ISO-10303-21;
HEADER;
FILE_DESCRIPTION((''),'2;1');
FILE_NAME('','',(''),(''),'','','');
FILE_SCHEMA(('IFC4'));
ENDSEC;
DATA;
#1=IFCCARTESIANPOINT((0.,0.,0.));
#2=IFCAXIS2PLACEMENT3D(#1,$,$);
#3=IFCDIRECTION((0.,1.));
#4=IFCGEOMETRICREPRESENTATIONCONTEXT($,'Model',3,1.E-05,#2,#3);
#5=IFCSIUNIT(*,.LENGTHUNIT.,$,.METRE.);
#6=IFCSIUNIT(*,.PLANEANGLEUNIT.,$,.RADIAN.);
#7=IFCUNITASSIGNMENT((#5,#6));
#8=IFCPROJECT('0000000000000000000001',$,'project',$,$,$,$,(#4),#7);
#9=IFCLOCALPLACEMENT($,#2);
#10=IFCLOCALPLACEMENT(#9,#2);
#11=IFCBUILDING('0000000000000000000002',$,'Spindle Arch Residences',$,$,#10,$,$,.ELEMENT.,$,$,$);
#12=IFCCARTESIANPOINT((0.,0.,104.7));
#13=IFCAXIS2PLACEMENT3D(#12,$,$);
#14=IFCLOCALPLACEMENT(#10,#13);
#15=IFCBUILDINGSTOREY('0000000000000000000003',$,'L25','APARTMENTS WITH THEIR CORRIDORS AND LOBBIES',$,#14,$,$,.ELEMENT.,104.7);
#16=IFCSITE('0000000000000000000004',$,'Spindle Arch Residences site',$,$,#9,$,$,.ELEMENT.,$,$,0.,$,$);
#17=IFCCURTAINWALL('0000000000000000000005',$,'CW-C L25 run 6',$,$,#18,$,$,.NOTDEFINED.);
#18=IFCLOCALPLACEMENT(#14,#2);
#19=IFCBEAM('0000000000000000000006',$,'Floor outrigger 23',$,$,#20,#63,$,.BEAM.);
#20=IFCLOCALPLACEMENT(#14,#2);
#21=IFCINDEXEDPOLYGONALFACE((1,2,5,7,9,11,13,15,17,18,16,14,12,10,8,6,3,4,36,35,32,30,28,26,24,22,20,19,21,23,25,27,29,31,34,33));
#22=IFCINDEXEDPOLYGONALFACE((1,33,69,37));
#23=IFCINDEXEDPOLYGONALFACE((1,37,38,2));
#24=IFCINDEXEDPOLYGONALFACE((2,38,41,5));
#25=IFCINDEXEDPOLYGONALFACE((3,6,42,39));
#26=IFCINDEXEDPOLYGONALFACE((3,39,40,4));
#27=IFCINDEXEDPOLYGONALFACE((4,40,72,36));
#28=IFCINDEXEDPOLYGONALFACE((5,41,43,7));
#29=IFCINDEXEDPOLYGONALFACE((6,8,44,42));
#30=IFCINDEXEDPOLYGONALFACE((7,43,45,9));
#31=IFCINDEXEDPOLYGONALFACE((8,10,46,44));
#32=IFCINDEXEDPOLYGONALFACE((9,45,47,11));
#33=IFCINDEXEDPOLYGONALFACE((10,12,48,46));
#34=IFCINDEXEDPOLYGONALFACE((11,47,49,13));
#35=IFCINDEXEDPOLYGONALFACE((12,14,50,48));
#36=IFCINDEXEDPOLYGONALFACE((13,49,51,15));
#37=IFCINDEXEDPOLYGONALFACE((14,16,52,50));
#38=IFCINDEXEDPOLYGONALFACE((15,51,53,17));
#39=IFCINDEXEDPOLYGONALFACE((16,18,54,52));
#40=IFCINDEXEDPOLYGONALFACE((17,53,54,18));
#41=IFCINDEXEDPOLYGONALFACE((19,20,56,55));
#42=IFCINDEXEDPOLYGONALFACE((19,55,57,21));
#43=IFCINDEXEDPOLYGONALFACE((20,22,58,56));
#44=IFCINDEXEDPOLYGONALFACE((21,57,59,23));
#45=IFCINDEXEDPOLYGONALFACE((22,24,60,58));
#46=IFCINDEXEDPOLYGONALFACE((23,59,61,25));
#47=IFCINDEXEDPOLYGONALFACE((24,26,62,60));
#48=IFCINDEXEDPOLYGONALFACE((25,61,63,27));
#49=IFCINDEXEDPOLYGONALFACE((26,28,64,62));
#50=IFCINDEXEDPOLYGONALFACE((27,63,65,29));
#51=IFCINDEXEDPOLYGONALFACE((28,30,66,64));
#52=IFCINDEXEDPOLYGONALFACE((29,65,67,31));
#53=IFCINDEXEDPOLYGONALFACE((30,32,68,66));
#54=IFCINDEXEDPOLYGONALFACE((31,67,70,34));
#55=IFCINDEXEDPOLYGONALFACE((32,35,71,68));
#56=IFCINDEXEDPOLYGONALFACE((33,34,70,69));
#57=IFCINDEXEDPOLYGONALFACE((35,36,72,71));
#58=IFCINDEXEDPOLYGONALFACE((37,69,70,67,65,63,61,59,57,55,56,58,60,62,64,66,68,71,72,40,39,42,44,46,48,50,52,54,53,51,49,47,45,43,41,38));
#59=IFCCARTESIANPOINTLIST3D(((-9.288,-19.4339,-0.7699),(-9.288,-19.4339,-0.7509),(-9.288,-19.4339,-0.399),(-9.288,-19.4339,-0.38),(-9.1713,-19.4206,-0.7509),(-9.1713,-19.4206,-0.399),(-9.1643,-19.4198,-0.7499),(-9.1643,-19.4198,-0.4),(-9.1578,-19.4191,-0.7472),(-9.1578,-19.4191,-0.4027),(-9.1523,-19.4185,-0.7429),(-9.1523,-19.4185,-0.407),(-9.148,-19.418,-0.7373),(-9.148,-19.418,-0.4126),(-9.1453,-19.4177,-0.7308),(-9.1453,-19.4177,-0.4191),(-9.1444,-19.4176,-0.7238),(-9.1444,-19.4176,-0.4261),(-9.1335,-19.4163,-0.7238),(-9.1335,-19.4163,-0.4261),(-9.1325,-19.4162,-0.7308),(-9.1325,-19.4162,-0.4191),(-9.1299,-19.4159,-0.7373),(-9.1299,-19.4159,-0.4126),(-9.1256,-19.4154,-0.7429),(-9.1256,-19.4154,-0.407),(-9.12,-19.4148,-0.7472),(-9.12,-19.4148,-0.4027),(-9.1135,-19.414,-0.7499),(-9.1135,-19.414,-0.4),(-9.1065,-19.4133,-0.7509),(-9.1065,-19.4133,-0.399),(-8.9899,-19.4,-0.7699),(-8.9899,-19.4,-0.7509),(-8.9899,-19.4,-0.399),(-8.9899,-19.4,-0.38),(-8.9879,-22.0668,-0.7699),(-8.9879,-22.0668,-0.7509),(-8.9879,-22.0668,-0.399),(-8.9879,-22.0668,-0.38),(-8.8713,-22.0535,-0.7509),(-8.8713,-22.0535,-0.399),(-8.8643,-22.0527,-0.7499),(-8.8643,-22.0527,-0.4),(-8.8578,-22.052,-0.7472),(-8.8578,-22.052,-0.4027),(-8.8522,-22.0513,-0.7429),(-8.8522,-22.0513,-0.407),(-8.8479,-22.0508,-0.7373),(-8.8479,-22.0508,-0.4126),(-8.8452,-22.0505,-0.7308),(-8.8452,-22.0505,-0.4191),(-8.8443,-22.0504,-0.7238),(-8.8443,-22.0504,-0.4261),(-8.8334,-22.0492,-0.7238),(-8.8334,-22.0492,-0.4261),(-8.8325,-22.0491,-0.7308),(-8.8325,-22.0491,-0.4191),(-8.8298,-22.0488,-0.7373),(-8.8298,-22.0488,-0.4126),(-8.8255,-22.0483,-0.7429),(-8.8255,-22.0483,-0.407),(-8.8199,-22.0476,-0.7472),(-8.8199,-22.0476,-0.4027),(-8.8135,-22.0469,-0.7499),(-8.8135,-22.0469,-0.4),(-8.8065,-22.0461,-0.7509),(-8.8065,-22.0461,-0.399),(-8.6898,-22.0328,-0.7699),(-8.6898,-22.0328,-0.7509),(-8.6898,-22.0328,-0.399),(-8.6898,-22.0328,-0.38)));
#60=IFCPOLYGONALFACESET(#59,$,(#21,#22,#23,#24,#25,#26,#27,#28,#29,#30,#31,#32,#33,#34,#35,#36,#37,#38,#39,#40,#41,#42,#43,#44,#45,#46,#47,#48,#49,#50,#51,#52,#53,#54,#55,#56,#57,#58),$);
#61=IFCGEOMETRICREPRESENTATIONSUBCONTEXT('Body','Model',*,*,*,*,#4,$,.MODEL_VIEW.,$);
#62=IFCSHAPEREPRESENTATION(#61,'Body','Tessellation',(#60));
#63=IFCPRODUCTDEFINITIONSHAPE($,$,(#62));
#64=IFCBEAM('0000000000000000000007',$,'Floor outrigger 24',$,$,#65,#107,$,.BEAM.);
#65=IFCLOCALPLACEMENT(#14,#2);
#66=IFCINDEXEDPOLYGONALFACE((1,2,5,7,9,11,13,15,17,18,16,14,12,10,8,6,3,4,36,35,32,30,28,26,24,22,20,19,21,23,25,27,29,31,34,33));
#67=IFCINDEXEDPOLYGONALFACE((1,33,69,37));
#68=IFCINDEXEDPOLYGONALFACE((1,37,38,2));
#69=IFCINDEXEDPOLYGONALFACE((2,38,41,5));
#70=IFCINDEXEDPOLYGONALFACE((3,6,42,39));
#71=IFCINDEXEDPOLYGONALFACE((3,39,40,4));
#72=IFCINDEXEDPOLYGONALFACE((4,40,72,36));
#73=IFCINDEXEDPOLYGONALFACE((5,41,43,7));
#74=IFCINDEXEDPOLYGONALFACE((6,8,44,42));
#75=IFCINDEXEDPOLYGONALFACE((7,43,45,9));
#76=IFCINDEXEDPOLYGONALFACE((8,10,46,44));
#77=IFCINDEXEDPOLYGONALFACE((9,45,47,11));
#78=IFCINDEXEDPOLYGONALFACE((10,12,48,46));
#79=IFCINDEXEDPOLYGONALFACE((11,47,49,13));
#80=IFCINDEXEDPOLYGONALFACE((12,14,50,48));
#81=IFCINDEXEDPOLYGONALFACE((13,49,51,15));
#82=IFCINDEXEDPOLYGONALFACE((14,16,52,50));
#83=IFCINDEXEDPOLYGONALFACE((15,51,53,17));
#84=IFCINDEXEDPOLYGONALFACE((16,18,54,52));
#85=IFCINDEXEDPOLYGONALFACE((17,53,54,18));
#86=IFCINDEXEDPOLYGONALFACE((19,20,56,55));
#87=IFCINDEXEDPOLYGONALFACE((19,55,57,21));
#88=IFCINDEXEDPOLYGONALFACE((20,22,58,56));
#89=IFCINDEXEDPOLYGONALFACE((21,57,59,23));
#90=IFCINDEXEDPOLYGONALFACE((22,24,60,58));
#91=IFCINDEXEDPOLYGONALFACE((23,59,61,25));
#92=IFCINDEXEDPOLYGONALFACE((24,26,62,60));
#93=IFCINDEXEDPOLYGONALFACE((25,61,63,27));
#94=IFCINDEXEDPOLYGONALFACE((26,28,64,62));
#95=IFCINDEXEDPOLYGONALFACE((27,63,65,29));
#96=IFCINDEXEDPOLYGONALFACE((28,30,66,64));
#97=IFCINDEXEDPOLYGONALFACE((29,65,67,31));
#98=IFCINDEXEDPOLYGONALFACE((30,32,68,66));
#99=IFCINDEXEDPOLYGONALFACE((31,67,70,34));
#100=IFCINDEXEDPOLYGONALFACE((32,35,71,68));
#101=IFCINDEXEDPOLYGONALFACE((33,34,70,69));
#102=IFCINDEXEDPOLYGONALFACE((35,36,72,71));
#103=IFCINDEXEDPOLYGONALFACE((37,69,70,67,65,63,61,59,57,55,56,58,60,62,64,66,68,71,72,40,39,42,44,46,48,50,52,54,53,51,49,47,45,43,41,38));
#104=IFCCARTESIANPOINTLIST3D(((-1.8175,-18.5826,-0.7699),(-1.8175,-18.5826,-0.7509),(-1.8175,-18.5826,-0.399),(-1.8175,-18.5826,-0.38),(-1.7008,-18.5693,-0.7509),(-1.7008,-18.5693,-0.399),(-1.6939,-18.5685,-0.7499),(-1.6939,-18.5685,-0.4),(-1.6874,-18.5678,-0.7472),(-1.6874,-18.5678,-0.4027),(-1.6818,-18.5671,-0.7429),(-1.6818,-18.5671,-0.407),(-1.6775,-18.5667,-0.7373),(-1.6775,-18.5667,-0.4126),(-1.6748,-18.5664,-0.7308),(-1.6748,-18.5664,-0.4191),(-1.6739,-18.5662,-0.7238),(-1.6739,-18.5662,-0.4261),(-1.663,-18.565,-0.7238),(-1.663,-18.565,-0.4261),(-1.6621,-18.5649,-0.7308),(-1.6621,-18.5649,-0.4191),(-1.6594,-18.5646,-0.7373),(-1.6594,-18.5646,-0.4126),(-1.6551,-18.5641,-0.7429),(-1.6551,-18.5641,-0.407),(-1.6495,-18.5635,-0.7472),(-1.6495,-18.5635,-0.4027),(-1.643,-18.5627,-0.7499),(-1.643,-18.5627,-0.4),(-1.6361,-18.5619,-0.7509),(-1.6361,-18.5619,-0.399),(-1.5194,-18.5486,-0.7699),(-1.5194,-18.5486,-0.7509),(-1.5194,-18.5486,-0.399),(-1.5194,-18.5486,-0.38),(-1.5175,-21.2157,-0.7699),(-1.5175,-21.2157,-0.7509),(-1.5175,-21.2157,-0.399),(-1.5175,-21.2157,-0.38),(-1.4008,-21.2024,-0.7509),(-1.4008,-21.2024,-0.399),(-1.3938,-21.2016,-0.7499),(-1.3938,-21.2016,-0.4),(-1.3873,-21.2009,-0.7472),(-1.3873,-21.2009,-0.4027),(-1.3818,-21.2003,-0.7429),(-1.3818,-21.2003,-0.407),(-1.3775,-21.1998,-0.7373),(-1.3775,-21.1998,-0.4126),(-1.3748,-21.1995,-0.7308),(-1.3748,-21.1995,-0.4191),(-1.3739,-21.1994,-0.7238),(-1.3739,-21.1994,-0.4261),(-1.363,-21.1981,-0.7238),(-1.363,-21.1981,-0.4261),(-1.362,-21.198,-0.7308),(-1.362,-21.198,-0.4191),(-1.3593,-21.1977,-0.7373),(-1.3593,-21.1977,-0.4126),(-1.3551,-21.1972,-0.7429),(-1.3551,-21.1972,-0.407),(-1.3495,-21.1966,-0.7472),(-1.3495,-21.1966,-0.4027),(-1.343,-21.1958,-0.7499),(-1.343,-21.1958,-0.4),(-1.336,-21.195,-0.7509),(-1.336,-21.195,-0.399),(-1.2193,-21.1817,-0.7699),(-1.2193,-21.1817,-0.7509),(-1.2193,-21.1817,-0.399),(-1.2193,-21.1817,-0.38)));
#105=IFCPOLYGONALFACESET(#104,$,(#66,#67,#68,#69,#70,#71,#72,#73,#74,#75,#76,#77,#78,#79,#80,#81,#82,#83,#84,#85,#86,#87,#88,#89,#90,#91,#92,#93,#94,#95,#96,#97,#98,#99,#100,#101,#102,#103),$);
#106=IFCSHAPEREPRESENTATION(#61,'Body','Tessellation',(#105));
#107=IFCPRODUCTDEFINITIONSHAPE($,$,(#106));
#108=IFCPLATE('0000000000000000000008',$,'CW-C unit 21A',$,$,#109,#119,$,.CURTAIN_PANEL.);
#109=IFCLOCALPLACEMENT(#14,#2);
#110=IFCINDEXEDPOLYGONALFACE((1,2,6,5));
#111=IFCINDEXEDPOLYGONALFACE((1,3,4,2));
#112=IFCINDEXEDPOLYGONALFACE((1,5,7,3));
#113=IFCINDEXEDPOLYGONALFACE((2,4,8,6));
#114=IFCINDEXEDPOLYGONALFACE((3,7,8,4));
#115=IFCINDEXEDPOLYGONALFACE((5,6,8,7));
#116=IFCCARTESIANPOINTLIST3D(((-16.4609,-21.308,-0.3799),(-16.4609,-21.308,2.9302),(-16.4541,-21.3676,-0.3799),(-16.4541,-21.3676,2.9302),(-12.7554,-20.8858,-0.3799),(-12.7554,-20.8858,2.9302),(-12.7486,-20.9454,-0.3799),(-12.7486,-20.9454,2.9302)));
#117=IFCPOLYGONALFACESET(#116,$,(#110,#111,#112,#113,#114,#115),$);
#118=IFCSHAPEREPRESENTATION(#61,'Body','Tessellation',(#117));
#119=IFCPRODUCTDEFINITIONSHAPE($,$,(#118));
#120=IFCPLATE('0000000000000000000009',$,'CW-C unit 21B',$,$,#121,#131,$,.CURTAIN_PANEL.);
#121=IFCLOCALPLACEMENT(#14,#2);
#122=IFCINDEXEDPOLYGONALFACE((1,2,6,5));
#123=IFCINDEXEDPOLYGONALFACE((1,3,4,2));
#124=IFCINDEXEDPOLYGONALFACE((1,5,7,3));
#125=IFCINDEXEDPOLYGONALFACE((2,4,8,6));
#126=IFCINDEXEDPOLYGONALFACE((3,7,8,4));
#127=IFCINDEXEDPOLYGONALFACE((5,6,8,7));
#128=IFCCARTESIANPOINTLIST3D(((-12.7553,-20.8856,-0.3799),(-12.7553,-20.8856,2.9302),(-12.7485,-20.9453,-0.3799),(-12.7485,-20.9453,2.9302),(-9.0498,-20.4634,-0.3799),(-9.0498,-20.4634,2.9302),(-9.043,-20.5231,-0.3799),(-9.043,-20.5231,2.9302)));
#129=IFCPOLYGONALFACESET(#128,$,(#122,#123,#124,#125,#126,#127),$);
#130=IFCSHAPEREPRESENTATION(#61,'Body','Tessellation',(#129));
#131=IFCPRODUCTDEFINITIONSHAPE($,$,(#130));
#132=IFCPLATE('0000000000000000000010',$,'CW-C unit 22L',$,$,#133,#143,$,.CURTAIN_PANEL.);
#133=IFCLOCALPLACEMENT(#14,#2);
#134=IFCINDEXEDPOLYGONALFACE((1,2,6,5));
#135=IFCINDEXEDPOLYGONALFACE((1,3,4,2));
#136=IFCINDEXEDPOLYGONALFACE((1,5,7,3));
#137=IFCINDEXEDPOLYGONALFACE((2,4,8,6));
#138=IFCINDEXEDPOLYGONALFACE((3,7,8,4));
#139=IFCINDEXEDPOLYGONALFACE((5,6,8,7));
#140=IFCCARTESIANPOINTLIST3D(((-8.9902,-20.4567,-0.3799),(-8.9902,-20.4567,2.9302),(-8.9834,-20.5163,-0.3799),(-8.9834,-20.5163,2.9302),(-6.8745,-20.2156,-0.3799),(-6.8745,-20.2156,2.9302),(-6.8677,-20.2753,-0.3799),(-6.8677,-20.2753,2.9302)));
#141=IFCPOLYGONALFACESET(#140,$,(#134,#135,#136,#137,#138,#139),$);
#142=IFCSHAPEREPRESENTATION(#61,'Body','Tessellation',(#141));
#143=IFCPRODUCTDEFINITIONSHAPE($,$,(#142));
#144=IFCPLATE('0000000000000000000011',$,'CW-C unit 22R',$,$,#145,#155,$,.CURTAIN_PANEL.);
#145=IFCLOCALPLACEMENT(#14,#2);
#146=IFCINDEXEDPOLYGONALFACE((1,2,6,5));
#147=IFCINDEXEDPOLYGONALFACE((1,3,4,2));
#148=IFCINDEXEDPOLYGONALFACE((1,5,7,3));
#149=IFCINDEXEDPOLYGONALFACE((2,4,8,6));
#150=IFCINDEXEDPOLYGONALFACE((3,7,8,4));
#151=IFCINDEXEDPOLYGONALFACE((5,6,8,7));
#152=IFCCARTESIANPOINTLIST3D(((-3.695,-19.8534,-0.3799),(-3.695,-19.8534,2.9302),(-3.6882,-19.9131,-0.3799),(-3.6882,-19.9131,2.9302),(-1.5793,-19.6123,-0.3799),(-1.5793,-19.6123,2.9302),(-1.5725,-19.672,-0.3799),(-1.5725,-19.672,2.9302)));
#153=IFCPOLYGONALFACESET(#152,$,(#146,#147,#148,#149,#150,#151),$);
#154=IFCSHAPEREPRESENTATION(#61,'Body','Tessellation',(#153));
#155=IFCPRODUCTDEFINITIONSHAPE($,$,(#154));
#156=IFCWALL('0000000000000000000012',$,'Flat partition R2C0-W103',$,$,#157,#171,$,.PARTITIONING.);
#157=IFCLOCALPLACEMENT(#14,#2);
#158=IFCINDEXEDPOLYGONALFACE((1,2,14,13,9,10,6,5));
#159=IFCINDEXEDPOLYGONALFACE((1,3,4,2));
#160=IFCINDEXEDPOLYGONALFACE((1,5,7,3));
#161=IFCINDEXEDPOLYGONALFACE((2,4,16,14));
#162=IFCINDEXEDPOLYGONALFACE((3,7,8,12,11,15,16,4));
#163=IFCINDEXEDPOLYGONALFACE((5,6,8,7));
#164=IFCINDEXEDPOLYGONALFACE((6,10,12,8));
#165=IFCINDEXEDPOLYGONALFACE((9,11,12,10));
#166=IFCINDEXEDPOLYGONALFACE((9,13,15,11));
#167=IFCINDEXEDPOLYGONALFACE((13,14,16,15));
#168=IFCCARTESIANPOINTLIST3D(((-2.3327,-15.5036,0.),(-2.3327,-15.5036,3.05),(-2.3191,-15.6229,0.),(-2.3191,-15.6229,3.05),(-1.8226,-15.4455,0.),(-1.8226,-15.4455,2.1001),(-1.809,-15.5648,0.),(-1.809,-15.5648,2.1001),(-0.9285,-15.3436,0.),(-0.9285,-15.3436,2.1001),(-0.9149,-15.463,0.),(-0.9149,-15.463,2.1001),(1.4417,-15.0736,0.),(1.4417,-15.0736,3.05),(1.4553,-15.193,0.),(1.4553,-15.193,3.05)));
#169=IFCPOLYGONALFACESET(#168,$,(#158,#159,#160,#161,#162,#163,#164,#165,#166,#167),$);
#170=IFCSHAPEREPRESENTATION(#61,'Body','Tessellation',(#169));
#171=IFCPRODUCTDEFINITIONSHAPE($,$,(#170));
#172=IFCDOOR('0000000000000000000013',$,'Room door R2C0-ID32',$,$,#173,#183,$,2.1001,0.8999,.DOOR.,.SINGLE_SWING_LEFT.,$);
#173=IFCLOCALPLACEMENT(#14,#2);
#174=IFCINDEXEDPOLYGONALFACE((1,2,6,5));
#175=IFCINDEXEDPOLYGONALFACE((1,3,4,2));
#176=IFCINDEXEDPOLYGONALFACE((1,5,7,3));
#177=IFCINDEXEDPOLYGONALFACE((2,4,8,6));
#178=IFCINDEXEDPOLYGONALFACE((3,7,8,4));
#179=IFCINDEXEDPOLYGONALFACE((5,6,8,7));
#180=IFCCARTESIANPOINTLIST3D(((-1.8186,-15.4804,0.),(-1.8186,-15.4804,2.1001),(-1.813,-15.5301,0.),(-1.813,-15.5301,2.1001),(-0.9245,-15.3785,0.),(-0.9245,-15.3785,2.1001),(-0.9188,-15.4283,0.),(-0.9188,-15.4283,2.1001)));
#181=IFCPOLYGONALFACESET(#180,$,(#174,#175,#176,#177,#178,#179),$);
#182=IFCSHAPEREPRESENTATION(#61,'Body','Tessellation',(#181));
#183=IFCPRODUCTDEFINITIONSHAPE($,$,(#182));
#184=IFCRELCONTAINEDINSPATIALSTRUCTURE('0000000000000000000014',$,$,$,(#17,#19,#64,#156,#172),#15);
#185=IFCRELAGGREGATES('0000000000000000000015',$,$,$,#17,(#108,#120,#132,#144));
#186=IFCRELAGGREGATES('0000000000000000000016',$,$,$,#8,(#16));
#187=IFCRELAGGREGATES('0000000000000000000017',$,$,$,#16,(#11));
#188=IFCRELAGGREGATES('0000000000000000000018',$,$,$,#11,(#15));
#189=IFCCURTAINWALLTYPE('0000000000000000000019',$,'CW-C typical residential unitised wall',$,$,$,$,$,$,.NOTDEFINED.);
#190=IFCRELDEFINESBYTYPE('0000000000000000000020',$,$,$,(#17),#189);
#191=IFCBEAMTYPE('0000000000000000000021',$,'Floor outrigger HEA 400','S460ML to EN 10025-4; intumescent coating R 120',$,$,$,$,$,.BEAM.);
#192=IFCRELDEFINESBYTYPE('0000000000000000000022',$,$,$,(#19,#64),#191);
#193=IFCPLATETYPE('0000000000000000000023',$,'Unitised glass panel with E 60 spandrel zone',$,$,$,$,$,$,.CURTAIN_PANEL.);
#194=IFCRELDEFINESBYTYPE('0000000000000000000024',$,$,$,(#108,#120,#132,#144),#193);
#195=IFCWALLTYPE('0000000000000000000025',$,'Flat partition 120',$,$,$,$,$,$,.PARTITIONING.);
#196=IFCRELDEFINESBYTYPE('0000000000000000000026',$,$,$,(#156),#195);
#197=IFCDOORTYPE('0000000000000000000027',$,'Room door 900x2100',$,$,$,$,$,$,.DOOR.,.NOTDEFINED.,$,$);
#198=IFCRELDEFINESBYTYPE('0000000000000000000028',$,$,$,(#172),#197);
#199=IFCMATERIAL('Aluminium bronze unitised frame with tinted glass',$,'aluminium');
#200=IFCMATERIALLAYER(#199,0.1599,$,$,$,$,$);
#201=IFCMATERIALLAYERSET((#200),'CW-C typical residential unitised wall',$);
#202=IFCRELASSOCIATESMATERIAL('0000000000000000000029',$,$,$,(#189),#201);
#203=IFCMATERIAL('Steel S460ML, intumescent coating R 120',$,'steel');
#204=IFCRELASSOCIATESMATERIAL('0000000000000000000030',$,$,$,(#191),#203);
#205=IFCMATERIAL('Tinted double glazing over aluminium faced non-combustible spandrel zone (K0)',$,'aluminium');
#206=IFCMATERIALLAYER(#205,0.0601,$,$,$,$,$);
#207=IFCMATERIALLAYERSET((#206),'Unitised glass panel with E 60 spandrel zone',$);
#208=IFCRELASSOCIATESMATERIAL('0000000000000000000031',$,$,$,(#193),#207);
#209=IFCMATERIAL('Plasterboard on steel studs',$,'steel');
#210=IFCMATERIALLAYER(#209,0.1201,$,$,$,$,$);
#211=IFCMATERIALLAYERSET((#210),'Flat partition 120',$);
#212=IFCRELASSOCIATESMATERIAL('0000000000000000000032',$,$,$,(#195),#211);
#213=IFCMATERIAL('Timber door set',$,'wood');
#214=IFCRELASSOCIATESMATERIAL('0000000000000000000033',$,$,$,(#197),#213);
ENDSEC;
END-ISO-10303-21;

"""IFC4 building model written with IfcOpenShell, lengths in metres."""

from ifc_helpers import new_model, si_unit, direction, frame, frame_2d, origin, origin_2d, place, context, subcontext, project, spatial, rectangle, i_section, extrude, material, layer, layer_set, material_profile, profile_set, type_object, element, fill, aggregate, save


model = new_model("IFC4")

# Units and contexts
model_context = context("Model", 3, precision=1e-05, world=origin(), true_north=direction((0.0, 1.0)))
body_context = subcontext(model_context, "Body", "Model", "MODEL_VIEW")
ifc_project = project(units=[si_unit("LENGTHUNIT", "METRE"), si_unit("PLANEANGLEUNIT", "RADIAN")], contexts=[model_context])

# Site, building, storey
site_placement = place(None, origin())
site = spatial("IfcSite", under=ifc_project, at=site_placement, Name="Spindle Arch Residences site", CompositionType="ELEMENT", RefElevation=0.0)
building_placement = place(site_placement, origin())
building = spatial("IfcBuilding", under=site, at=building_placement, Name="Spindle Arch Residences", CompositionType="ELEMENT")
storey_placement = place(building_placement, frame((0.0, 0.0, 104.7)))
storey = spatial("IfcBuildingStorey", under=building, at=storey_placement, Name="L25", Description="APARTMENTS WITH THEIR CORRIDORS AND LOBBIES", CompositionType="ELEMENT", Elevation=104.7)

# Curtain wall
ifc_material_1 = material(Name="Aluminium bronze unitised frame with tinted glass", Category="aluminium")
ifc_layer_1 = layer(ifc_material_1, 0.1599)
ifc_layer_set_1 = layer_set([ifc_layer_1], Name="CW-C typical residential unitised wall")
curtain_wall_type = type_object("IfcCurtainWallType", Name="CW-C typical residential unitised wall", PredefinedType="NOTDEFINED", material=ifc_layer_set_1)
curtain_wall_placement = place(storey_placement, origin())
curtain_wall = element("IfcCurtainWall", 1, at=curtain_wall_placement, inside=storey, type_object=curtain_wall_type, Name="CW-C L25 run 6", PredefinedType="NOTDEFINED")

# Beams
ifc_material_2 = material(Name="Steel S460ML, intumescent coating R 120", Category="steel")
ifc_material_profile_1 = material_profile(ifc_material_2, i_section(OverallWidth=0.3, OverallDepth=0.3899, WebThickness=0.011, FlangeThickness=0.019, FilletRadius=0.0271, at=origin_2d()), Name="HEA 400")
ifc_profile_set_1 = profile_set([ifc_material_profile_1], Name="Steel S460ML, intumescent coating R 120")
beam_type_1 = type_object("IfcBeamType", Name="Floor outrigger HEA 400", Description="S460ML to EN 10025-4; intumescent coating R 120", PredefinedType="BEAM", material=ifc_profile_set_1)
beam_1_placement = place(storey_placement, frame((-8.8389, -22.0498, -0.575), z_axis=(-0.113232, 0.993569, 0.0), x_axis=(-0.993569, -0.113232, 0.0)))
element("IfcBeam", 2, at=beam_1_placement, inside=storey, type_object=beam_type_1, Name="Floor outrigger 23", PredefinedType="BEAM", context=body_context, shape_type="SweptSolid", body=[
    extrude(i_section(OverallWidth=0.3, OverallDepth=0.3899, WebThickness=0.011, FlangeThickness=0.019, FilletRadius=0.0271, at=origin_2d()), origin(), (0.0, 0.0, 1.0), 2.6499),
])
beam_2_placement = place(storey_placement, frame((-1.3684, -21.1987, -0.575), z_axis=(-0.113222, 0.99357, 0.0), x_axis=(-0.99357, -0.113222, 0.0)))
element("IfcBeam", 3, at=beam_2_placement, inside=storey, type_object=beam_type_1, Name="Floor outrigger 24", PredefinedType="BEAM", context=body_context, shape_type="SweptSolid", body=[
    extrude(i_section(OverallWidth=0.3, OverallDepth=0.3899, WebThickness=0.011, FlangeThickness=0.019, FilletRadius=0.0271, at=origin_2d()), origin(), (0.0, 0.0, 1.0), 2.6501),
])

# Plates
ifc_material_3 = material(Name="Tinted double glazing over aluminium faced non-combustible spandrel zone (K0)", Category="aluminium")
ifc_layer_2 = layer(ifc_material_3, 0.0601)
ifc_layer_set_2 = layer_set([ifc_layer_2], Name="Unitised glass panel with E 60 spandrel zone")
plate_type = type_object("IfcPlateType", Name="Unitised glass panel with E 60 spandrel zone", PredefinedType="CURTAIN_PANEL", material=ifc_layer_set_2)
plate_1_placement = place(storey_placement, frame((-14.6047, -21.1267, -0.3799), z_axis=(0.0, 0.0, 1.0), x_axis=(0.993572, 0.113203, 0.0)))
plate_1 = element("IfcPlate", 4, at=plate_1_placement, type_object=plate_type, Name="CW-C unit 21A", PredefinedType="CURTAIN_PANEL", context=body_context, shape_type="SweptSolid", body=[
    extrude(rectangle(XDim=3.7295, YDim=0.0601, at=origin_2d()), origin(), (0.0, 0.0, 1.0), 3.3101),
])
plate_2_placement = place(storey_placement, frame((-10.8992, -20.7043, -0.3799), z_axis=(0.0, 0.0, 1.0), x_axis=(0.993572, 0.113203, 0.0)))
plate_2 = element("IfcPlate", 5, at=plate_2_placement, type_object=plate_type, Name="CW-C unit 21B", PredefinedType="CURTAIN_PANEL", context=body_context, shape_type="SweptSolid", body=[
    extrude(rectangle(XDim=3.7295, YDim=0.0601, at=origin_2d()), origin(), (0.0, 0.0, 1.0), 3.3101),
])
plate_3_placement = place(storey_placement, frame((-7.929, -20.366, -0.3799), z_axis=(0.0, 0.0, 1.0), x_axis=(0.993572, 0.113203, 0.0)))
plate_3 = element("IfcPlate", 6, at=plate_3_placement, type_object=plate_type, Name="CW-C unit 22L", PredefinedType="CURTAIN_PANEL", context=body_context, shape_type="SweptSolid", body=[
    extrude(rectangle(XDim=2.1294, YDim=0.0601, at=origin_2d()), origin(), (0.0, 0.0, 1.0), 3.3101),
])
plate_4_placement = place(storey_placement, frame((-2.6338, -19.7627, -0.3799), z_axis=(0.0, 0.0, 1.0), x_axis=(0.993572, 0.113203, 0.0)))
plate_4 = element("IfcPlate", 7, at=plate_4_placement, type_object=plate_type, Name="CW-C unit 22R", PredefinedType="CURTAIN_PANEL", context=body_context, shape_type="SweptSolid", body=[
    extrude(rectangle(XDim=2.1294, YDim=0.0601, at=origin_2d()), origin(), (0.0, 0.0, 1.0), 3.3101),
])
aggregate(curtain_wall, [plate_1, plate_2, plate_3, plate_4])

# Wall, opening, door
ifc_material_4 = material(Name="Plasterboard on steel studs", Category="steel")
ifc_layer_3 = layer(ifc_material_4, 0.1201)
ifc_layer_set_3 = layer_set([ifc_layer_3], Name="Flat partition 120")
wall_type_1 = type_object("IfcWallType", Name="Flat partition 120", PredefinedType="PARTITIONING", material=ifc_layer_set_3)
wall_1_placement = place(storey_placement, frame((-2.3259, -15.5632, 0.0), z_axis=(0.0, 0.0, 1.0), x_axis=(0.993575, 0.113175, 0.0)))
wall_1 = element("IfcWall", 8, at=wall_1_placement, inside=storey, type_object=wall_type_1, Name="Flat partition R2C0-W103", PredefinedType="PARTITIONING", context=body_context, shape_type="SweptSolid", body=[
    extrude(rectangle(XDim=3.7988, YDim=0.1201, at=frame_2d((1.8994, 0.0))), origin(), (0.0, 0.0, 1.0), 3.05),
])
opening_1_placement = place(wall_1_placement, frame((0.5134, 0.0, 0.0)))
opening_1 = element("IfcOpeningElement", 9, at=opening_1_placement, cuts=wall_1, PredefinedType="OPENING", context=body_context, shape_type="SweptSolid", body=[
    extrude(rectangle(XDim=0.8999, YDim=2.1001, at=frame_2d((0.45, 1.05))), frame((0.0, 0.0701, 0.0), z_axis=(0.0, -1.0, 0.0), x_axis=(1.0, 0.0, 0.0)), (0.0, 0.0, 1.0), 0.1401),
])
ifc_material_5 = material(Name="Timber door set", Category="wood")
door_type_1 = type_object("IfcDoorType", Name="Room door 900x2100", OperationType="NOTDEFINED", PredefinedType="DOOR", material=ifc_material_5)
door_1_placement = place(opening_1_placement, origin())
door_1 = element("IfcDoor", 10, at=door_1_placement, inside=storey, type_object=door_type_1, Name="Room door R2C0-ID32", OperationType="SINGLE_SWING_LEFT", OverallHeight=2.1001, OverallWidth=0.8999, PredefinedType="DOOR", context=body_context, shape_type="SweptSolid", body=[
    extrude(rectangle(XDim=0.8999, YDim=2.1001, at=frame_2d((0.45, 1.05))), frame((0.0, 0.0249, 0.0), z_axis=(0.0, -1.0, 0.0), x_axis=(1.0, 0.0, 0.0)), (0.0, 0.0, 1.0), 0.05),
])
fill(opening_1, door_1)

save(model, "model.ifc")
